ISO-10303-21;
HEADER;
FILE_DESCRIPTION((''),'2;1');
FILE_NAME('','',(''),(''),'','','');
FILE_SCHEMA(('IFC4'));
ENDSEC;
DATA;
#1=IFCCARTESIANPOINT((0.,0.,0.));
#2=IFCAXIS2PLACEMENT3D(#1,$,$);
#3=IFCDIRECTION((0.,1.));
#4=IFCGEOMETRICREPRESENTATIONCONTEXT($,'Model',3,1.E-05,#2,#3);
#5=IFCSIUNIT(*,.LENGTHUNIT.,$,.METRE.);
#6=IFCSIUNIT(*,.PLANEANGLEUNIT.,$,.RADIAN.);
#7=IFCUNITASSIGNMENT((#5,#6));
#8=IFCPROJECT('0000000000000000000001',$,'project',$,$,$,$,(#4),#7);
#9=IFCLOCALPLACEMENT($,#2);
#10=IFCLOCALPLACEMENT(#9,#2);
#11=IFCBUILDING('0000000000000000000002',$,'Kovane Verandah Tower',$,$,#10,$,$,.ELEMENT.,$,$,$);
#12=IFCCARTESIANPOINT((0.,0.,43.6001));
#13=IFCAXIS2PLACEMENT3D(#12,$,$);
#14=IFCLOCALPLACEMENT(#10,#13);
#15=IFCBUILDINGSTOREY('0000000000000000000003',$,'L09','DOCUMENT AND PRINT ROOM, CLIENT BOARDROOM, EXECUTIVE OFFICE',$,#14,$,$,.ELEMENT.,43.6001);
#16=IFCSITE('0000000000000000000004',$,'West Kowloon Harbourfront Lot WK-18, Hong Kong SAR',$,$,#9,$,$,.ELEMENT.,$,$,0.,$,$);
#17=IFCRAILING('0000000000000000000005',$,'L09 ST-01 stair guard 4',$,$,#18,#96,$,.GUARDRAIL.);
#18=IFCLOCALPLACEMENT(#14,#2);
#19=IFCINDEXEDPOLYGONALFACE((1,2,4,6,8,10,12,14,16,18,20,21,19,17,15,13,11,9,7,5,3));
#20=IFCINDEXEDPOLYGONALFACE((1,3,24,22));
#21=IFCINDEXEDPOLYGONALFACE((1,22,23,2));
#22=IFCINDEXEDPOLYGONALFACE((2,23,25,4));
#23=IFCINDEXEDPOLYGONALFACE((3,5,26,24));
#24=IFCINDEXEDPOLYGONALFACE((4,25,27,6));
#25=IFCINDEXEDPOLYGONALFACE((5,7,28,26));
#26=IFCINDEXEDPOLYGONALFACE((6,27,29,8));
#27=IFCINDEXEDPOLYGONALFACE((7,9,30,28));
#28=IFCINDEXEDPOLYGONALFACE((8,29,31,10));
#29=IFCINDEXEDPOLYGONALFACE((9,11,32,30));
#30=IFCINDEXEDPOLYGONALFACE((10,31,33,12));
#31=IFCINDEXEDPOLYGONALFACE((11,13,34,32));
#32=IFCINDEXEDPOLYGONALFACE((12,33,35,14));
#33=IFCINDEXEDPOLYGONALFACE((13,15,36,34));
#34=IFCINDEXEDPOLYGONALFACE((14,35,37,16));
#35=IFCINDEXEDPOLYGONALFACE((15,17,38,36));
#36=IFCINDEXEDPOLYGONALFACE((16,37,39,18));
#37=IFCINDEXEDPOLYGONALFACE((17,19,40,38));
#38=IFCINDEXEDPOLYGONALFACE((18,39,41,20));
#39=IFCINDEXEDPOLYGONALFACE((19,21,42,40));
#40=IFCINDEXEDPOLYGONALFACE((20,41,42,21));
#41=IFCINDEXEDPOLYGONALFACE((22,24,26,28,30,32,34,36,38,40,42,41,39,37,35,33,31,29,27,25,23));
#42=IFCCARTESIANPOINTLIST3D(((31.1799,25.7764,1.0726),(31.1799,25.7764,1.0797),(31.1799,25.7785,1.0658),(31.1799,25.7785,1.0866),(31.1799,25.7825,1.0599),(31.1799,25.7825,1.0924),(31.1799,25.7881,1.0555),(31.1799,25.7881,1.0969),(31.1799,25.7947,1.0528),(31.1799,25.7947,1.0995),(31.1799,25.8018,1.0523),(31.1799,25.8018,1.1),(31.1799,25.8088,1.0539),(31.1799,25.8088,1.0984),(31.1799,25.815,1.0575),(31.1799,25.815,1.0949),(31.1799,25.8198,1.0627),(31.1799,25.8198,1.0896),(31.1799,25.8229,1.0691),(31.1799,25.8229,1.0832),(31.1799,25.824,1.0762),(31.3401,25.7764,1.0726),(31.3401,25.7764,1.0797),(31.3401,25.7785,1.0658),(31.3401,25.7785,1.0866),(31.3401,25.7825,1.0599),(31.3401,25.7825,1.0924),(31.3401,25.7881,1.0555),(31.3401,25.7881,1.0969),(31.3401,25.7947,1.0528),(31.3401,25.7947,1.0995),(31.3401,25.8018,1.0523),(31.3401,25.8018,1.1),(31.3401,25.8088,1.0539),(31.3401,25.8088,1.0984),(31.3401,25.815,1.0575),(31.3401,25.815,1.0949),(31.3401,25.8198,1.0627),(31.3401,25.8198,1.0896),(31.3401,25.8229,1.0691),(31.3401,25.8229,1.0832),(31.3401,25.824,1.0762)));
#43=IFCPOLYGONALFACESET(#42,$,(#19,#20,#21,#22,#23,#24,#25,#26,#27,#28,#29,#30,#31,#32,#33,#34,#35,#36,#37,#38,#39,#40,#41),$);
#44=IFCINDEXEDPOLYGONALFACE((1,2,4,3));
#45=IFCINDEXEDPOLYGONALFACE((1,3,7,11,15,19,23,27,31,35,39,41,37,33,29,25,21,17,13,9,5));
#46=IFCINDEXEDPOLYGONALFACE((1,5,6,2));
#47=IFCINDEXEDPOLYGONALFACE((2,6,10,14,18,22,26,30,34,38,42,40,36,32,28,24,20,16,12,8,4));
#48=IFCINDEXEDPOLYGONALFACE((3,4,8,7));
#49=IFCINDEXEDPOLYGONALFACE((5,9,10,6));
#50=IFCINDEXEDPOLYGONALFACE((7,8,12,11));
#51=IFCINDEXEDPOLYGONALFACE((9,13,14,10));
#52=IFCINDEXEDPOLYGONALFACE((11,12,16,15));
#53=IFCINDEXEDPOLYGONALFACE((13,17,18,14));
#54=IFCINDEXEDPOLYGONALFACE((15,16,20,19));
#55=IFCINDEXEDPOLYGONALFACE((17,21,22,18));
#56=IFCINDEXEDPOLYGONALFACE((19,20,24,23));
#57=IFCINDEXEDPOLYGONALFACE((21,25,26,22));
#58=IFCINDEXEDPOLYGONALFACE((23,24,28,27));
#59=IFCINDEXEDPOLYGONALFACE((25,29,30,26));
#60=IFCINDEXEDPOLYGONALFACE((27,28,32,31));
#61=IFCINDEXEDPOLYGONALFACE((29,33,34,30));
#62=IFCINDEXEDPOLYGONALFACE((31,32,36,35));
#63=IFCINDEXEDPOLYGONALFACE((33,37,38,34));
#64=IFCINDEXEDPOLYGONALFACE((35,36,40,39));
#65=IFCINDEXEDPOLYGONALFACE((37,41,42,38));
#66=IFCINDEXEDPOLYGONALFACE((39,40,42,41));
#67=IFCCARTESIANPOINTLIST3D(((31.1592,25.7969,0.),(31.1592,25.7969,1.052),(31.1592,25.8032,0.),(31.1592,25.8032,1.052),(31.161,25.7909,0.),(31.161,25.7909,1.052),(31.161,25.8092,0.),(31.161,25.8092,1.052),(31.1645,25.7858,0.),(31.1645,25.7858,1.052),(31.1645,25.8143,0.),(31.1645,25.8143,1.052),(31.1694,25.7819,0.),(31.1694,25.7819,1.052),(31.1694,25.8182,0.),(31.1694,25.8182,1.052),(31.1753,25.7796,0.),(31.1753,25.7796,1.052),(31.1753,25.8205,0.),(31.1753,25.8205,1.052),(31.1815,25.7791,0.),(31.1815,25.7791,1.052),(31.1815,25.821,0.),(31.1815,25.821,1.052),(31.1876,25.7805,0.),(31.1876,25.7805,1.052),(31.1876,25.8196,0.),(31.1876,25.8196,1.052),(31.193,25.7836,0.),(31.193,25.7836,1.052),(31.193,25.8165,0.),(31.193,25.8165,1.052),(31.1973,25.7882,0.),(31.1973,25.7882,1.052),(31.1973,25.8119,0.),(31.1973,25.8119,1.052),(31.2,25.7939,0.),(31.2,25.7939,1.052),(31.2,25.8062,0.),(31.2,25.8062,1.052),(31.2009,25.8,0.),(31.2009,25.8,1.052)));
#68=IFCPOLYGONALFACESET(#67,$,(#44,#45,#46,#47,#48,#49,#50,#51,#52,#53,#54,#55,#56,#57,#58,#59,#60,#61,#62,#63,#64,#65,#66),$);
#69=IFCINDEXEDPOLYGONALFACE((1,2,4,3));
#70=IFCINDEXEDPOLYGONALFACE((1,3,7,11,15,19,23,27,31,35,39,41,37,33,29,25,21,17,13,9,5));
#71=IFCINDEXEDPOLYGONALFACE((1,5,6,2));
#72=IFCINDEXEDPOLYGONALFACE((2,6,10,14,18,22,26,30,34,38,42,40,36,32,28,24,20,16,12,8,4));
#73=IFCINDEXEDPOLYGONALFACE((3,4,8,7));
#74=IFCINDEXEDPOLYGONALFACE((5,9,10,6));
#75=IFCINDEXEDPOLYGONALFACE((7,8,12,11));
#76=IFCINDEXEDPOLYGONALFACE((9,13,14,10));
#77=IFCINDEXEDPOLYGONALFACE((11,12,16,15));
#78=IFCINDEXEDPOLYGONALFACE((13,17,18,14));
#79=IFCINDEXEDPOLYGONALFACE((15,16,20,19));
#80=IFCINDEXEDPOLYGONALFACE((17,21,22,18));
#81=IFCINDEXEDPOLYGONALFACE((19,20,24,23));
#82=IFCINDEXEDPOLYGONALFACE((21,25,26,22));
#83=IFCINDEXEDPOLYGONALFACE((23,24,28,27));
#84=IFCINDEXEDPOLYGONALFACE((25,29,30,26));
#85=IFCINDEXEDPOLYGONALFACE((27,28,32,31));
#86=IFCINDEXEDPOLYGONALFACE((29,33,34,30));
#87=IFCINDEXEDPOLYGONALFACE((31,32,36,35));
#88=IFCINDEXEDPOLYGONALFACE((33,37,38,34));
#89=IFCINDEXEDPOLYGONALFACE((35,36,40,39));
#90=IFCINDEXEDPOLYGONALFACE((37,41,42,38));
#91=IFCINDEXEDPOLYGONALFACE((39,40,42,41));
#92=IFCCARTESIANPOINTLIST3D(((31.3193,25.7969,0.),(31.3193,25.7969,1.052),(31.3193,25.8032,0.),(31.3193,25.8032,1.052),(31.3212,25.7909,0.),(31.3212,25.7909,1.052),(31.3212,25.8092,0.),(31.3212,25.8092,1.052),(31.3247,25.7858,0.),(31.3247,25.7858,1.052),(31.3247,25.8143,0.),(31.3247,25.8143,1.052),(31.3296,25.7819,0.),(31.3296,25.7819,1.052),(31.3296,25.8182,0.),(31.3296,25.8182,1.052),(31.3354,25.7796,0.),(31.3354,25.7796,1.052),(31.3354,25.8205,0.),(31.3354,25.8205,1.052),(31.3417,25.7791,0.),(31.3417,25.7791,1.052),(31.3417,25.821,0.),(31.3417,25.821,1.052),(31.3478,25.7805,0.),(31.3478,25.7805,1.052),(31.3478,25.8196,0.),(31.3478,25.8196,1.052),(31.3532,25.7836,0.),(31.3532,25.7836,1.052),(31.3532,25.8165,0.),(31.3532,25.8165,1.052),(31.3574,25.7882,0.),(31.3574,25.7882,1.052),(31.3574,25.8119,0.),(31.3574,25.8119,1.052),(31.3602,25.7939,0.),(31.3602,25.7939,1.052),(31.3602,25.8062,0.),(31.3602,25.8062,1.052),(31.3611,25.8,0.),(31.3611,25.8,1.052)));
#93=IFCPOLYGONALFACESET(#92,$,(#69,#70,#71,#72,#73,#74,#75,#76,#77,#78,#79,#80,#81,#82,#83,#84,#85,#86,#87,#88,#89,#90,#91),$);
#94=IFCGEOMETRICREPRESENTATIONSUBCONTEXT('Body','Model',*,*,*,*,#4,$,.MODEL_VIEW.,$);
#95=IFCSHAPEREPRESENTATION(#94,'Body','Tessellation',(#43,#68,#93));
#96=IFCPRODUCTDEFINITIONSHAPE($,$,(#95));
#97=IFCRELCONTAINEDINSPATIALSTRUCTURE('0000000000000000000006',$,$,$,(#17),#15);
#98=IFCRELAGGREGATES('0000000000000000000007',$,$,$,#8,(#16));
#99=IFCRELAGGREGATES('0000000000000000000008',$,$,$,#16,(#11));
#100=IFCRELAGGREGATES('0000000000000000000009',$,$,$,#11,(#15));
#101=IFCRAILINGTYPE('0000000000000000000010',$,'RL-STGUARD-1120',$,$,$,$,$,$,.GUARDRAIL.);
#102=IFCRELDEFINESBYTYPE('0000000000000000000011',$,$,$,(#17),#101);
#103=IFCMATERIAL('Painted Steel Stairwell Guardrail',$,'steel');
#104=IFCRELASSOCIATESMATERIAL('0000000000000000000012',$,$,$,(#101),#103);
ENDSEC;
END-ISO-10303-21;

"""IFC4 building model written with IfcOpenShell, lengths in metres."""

from ifc_helpers import new_model, si_unit, direction, frame, origin, origin_2d, place, context, subcontext, project, spatial, circle, extrude, material, type_object, element, save


model = new_model("IFC4")

# Units and contexts
model_context = context("Model", 3, precision=1e-05, world=origin(), true_north=direction((0.0, 1.0)))
body_context = subcontext(model_context, "Body", "Model", "MODEL_VIEW")
ifc_project = project(units=[si_unit("LENGTHUNIT", "METRE"), si_unit("PLANEANGLEUNIT", "RADIAN")], contexts=[model_context])

# Site, building, storey
site_placement = place(None, origin())
site = spatial("IfcSite", under=ifc_project, at=site_placement, Name="West Kowloon Harbourfront Lot WK-18, Hong Kong SAR", CompositionType="ELEMENT", RefElevation=0.0)
building_placement = place(site_placement, origin())
building = spatial("IfcBuilding", under=site, at=building_placement, Name="Kovane Verandah Tower", CompositionType="ELEMENT")
storey_placement = place(building_placement, frame((0.0, 0.0, 43.6001)))
storey = spatial("IfcBuildingStorey", under=building, at=storey_placement, Name="L09", Description="DOCUMENT AND PRINT ROOM, CLIENT BOARDROOM, EXECUTIVE OFFICE", CompositionType="ELEMENT", Elevation=43.6001)

# Railing
ifc_material_1 = material(Name="Painted Steel Stairwell Guardrail", Category="steel")
railing_type_1 = type_object("IfcRailingType", Name="RL-STGUARD-1120", PredefinedType="GUARDRAIL", material=ifc_material_1)
railing_1_placement = place(storey_placement, frame((31.1799, 25.8, 0.0)))
element("IfcRailing", 1, at=railing_1_placement, inside=storey, type_object=railing_type_1, Name="L09 ST-01 stair guard 4", PredefinedType="GUARDRAIL", context=body_context, shape_type="SweptSolid", body=[
    extrude(circle(Radius=0.0239, at=origin_2d()), frame((0.0, 0.0, 1.0762), z_axis=(1.0, 0.0, 0.0), x_axis=(0.0, 1.0, 0.0)), (0.0, 0.0, 1.0), 0.1602),
    extrude(circle(Radius=0.021, at=origin_2d()), origin(), (0.0, 0.0, 1.0), 1.052),
    extrude(circle(Radius=0.021, at=origin_2d()), frame((0.1602, 0.0, 0.0)), (0.0, 0.0, 1.0), 1.052),
])

save(model, "model.ifc")
